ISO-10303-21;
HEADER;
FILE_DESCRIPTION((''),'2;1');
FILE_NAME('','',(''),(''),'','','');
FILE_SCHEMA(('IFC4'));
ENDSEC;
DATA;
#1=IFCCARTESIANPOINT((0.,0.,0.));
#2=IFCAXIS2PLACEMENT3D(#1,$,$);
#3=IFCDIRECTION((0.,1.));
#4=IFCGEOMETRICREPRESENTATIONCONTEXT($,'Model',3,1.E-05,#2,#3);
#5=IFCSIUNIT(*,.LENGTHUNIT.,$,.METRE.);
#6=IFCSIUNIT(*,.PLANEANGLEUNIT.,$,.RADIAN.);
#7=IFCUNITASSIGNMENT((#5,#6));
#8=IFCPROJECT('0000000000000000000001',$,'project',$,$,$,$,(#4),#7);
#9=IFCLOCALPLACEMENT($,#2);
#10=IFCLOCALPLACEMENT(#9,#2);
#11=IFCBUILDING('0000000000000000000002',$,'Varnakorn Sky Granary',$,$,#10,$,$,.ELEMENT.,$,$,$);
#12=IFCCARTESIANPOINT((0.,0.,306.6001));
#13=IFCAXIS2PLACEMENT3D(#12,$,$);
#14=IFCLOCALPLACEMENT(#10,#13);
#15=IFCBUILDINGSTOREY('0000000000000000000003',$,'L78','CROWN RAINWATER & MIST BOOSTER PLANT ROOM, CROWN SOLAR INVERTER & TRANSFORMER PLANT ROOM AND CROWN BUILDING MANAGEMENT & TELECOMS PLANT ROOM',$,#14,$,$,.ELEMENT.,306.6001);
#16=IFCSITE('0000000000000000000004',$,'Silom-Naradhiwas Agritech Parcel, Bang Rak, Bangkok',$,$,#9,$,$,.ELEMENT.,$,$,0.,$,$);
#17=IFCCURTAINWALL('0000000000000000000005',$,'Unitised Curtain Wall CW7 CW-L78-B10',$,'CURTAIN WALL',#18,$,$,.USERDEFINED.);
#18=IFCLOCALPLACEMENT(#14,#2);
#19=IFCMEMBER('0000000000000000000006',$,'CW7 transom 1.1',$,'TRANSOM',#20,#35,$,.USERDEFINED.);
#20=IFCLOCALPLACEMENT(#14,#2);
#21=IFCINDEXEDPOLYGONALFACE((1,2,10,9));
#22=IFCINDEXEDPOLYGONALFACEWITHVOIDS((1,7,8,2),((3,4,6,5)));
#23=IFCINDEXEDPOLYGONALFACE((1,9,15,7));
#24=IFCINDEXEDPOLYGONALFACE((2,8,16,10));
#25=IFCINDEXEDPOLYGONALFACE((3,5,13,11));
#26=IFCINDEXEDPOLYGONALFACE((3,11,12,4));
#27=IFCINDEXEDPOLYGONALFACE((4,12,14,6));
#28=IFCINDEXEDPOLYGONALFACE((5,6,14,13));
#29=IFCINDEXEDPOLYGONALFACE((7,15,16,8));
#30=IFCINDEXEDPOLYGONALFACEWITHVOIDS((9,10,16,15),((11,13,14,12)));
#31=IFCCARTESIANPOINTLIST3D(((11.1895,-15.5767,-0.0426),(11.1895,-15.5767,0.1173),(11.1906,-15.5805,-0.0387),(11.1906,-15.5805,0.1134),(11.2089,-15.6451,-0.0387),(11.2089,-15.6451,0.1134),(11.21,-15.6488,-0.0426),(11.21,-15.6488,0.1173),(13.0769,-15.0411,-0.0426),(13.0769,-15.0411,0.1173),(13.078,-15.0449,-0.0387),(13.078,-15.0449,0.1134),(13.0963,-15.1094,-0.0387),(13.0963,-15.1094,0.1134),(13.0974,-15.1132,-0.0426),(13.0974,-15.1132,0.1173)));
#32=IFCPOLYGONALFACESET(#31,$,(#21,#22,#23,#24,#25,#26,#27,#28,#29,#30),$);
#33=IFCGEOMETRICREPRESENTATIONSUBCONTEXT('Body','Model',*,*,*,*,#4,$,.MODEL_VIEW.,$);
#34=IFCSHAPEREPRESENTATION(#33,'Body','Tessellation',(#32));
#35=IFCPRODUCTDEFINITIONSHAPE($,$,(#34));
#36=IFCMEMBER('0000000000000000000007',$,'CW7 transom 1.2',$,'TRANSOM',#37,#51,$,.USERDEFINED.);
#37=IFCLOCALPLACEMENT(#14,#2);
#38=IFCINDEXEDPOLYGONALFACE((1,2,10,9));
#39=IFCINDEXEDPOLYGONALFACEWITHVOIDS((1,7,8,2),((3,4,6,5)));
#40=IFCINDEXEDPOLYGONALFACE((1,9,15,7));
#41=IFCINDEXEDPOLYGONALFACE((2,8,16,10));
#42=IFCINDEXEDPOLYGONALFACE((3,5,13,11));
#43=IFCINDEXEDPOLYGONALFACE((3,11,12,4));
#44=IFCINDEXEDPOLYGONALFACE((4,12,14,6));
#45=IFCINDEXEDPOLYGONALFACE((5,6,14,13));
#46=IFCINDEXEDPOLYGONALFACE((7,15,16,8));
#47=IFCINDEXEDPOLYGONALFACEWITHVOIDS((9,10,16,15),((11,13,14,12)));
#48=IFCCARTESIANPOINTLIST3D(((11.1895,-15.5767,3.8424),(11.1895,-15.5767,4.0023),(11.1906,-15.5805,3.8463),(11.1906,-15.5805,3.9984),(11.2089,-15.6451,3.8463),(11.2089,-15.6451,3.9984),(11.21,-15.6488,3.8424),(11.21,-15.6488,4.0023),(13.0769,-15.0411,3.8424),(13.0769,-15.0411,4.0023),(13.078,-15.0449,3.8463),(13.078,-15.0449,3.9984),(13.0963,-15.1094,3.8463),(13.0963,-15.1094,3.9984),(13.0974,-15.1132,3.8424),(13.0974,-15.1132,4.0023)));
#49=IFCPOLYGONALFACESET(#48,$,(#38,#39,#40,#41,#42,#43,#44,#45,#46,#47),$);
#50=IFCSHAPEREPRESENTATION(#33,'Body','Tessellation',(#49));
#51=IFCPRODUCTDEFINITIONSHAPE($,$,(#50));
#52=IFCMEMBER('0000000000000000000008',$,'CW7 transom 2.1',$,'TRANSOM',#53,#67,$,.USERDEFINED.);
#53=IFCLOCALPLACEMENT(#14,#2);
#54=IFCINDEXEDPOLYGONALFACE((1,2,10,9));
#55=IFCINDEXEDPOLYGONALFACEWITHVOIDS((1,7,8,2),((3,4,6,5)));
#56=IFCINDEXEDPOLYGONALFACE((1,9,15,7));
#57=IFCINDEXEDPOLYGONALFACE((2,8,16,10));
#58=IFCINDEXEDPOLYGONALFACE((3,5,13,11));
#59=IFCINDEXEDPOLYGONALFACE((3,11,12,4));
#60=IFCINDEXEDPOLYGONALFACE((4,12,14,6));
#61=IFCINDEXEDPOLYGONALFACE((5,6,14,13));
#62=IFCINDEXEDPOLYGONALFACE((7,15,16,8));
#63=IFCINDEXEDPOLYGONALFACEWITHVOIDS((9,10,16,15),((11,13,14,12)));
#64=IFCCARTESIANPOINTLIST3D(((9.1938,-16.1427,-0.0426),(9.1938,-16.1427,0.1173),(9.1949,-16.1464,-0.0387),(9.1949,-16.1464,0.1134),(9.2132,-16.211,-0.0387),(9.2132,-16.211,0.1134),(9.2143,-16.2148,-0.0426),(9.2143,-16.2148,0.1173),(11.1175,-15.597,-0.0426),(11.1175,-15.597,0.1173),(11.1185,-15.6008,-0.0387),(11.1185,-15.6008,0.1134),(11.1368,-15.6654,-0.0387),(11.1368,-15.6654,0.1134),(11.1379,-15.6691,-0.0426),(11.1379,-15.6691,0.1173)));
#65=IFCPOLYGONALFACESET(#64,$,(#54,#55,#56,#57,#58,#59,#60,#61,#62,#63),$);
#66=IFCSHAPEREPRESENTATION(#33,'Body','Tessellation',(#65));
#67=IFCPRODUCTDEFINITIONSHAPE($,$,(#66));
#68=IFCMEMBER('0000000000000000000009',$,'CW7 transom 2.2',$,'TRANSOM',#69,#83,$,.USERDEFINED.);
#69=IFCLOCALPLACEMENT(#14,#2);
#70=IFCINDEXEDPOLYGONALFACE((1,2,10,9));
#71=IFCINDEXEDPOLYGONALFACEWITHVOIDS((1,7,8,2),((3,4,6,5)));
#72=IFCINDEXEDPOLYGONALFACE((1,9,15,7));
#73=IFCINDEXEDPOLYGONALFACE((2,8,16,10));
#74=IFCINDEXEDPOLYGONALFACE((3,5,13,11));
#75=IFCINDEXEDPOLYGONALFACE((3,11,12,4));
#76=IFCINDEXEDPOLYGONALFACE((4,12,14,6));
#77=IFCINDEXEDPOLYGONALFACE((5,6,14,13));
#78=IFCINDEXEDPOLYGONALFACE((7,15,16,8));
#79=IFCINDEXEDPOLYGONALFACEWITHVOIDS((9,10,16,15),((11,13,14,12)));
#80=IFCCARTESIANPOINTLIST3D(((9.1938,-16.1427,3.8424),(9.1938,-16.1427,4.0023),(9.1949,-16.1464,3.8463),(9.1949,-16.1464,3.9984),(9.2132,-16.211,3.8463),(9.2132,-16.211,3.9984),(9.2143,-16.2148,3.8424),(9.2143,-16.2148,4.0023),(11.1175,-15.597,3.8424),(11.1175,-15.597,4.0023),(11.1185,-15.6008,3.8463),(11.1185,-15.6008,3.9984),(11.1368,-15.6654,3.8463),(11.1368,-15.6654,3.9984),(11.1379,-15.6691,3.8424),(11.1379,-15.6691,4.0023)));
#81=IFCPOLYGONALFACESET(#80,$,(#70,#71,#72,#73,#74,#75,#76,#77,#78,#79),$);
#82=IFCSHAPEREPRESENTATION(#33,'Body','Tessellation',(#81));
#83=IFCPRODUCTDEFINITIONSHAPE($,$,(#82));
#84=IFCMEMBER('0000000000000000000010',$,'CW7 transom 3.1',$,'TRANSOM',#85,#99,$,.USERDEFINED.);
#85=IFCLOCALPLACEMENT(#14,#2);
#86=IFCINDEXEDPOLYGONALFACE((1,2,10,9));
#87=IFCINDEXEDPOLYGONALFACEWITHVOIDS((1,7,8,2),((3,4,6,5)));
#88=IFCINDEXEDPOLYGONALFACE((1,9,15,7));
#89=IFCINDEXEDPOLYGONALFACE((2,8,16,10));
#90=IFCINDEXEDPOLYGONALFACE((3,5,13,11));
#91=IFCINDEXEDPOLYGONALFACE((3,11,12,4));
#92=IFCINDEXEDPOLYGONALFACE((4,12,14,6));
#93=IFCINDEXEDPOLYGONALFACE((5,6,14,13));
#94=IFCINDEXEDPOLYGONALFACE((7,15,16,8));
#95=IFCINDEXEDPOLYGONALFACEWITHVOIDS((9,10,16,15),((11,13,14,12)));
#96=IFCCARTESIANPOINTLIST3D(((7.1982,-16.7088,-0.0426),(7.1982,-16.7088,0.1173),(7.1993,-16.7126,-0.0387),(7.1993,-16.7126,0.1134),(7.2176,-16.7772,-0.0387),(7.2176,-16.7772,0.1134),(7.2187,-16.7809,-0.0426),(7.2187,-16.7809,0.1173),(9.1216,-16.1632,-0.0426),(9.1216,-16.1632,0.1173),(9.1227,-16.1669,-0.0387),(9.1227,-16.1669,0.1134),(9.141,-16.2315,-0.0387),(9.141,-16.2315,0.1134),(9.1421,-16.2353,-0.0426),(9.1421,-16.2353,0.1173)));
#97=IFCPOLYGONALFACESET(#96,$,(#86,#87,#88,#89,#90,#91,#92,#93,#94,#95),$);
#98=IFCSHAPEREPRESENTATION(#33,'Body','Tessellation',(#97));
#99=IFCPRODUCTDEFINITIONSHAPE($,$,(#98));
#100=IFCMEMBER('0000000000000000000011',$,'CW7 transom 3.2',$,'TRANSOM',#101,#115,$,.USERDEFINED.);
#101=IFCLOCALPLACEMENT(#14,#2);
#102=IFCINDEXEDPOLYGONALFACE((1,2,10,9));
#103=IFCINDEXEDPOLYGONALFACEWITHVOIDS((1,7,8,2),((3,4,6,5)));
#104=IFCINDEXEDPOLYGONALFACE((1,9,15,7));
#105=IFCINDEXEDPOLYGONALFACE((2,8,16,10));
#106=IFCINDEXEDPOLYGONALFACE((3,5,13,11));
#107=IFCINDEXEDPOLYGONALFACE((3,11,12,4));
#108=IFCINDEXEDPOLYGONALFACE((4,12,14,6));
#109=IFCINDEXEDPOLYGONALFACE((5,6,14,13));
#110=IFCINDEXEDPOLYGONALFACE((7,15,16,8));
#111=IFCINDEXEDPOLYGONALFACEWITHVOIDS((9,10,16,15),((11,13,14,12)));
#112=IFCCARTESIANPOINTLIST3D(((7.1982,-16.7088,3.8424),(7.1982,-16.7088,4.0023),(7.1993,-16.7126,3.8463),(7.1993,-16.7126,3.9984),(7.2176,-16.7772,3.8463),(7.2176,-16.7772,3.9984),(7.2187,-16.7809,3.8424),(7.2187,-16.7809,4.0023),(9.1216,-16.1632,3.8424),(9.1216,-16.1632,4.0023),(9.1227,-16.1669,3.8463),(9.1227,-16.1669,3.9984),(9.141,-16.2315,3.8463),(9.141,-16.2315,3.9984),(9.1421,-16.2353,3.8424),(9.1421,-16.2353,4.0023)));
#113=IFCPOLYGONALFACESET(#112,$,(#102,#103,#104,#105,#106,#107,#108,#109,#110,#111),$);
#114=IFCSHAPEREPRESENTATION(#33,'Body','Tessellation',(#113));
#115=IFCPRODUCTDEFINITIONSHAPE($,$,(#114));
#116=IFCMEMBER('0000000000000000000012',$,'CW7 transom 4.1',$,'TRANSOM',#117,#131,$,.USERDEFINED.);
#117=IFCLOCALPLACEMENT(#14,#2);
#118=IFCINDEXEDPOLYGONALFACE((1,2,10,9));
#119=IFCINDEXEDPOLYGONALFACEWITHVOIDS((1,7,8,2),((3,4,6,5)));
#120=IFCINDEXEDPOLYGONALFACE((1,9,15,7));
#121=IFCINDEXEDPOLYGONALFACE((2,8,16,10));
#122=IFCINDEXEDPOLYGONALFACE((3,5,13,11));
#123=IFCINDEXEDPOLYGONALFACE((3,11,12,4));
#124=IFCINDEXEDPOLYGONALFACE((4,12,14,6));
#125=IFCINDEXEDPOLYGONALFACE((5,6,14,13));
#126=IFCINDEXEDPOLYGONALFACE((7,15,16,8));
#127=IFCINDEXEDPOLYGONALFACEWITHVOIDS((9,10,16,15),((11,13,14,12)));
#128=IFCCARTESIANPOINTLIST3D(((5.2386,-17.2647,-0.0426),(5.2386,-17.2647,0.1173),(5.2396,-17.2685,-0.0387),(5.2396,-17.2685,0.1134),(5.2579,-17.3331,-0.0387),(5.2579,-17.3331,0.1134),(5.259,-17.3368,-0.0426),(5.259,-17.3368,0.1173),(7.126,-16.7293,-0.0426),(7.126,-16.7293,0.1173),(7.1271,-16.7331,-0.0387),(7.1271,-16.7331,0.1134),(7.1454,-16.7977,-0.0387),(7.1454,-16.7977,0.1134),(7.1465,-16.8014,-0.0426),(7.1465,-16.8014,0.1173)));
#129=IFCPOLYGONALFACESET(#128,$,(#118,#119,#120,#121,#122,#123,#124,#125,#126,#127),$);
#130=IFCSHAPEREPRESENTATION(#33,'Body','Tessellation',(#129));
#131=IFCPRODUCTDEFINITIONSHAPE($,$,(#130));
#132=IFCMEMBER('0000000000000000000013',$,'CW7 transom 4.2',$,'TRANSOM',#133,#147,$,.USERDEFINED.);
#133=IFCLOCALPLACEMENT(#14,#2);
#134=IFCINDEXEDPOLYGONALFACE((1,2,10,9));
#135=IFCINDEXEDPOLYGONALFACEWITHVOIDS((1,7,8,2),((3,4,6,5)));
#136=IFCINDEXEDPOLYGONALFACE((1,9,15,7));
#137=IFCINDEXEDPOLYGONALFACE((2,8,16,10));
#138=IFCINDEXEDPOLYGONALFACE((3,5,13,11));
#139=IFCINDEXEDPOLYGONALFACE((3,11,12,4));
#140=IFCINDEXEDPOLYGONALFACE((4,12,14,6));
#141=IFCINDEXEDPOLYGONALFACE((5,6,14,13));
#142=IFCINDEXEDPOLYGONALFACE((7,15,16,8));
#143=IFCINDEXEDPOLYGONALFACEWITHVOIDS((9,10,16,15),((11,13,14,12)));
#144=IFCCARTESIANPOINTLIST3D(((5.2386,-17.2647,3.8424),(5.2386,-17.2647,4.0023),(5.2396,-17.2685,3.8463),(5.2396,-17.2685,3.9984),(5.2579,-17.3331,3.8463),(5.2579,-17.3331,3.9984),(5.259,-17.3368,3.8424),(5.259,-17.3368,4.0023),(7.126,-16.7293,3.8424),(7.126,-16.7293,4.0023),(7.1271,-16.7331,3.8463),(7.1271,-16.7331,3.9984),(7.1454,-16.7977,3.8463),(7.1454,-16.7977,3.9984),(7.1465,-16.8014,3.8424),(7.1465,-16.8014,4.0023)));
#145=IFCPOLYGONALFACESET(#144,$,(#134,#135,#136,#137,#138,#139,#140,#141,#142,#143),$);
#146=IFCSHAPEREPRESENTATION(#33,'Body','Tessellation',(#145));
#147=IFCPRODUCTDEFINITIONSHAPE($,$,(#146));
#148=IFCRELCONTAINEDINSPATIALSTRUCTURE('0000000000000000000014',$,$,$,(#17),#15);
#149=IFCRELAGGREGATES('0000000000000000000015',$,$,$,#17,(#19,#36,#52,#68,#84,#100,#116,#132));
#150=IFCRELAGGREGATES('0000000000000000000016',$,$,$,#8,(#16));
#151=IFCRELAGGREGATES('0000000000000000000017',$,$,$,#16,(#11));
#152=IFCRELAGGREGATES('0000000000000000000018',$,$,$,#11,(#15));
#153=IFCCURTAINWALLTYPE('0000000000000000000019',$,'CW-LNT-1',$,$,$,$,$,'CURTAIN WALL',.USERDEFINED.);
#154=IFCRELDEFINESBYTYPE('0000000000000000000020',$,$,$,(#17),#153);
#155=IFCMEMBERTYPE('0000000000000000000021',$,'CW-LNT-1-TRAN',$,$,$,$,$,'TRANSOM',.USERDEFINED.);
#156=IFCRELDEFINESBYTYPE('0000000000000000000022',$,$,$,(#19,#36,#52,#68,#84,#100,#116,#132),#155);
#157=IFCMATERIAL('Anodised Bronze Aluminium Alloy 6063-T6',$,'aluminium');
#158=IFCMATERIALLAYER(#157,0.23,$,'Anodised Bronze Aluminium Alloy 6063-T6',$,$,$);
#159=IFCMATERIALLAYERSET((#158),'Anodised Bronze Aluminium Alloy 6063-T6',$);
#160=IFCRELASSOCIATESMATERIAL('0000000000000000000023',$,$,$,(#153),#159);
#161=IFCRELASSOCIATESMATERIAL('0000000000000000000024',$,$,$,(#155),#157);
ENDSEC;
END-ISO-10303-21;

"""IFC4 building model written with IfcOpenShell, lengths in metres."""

from ifc_helpers import new_model, si_unit, direction, frame, origin, origin_2d, place, context, subcontext, project, spatial, hollow_rectangle, extrude, material, layer, layer_set, material_profile, profile_set, type_object, element, aggregate, save


model = new_model("IFC4")

# Units and contexts
model_context = context("Model", 3, precision=1e-05, world=origin(), true_north=direction((0.0, 1.0)))
body_context = subcontext(model_context, "Body", "Model", "MODEL_VIEW")
ifc_project = project(units=[si_unit("LENGTHUNIT", "METRE"), si_unit("PLANEANGLEUNIT", "RADIAN")], contexts=[model_context])

# Site, building, storey
site_placement = place(None, origin())
site = spatial("IfcSite", under=ifc_project, at=site_placement, Name="Silom-Naradhiwas Agritech Parcel, Bang Rak, Bangkok", CompositionType="ELEMENT", RefElevation=0.0)
building_placement = place(site_placement, origin())
building = spatial("IfcBuilding", under=site, at=building_placement, Name="Varnakorn Sky Granary", CompositionType="ELEMENT")
storey_placement = place(building_placement, frame((0.0, 0.0, 306.6001)))
storey = spatial("IfcBuildingStorey", under=building, at=storey_placement, Name="L78", Description="CROWN RAINWATER & MIST BOOSTER PLANT ROOM, CROWN SOLAR INVERTER & TRANSFORMER PLANT ROOM AND CROWN BUILDING MANAGEMENT & TELECOMS PLANT ROOM", CompositionType="ELEMENT", Elevation=306.6001)

# Curtain wall, members
ifc_material_1 = material(Name="Anodised Bronze Aluminium Alloy 6063-T6", Category="aluminium")
ifc_layer_1 = layer(ifc_material_1, 0.23, Name="Anodised Bronze Aluminium Alloy 6063-T6")
ifc_layer_set_1 = layer_set([ifc_layer_1], Name="Anodised Bronze Aluminium Alloy 6063-T6")
curtain_wall_type = type_object("IfcCurtainWallType", Name="CW-LNT-1", ElementType="CURTAIN WALL", PredefinedType="USERDEFINED", material=ifc_layer_set_1)
curtain_wall_placement = place(storey_placement, origin())
curtain_wall = element("IfcCurtainWall", 1, at=curtain_wall_placement, inside=storey, type_object=curtain_wall_type, Name="Unitised Curtain Wall CW7 CW-L78-B10", ObjectType="CURTAIN WALL", PredefinedType="USERDEFINED")
ifc_material_profile_1 = material_profile(ifc_material_1, hollow_rectangle(XDim=0.075, YDim=0.1599, WallThickness=0.0039, at=origin_2d()), Name="ALU TRAN 75x160")
ifc_profile_set_1 = profile_set([ifc_material_profile_1], Name="Anodised Bronze Aluminium Alloy 6063-T6")
member_type_1 = type_object("IfcMemberType", Name="CW-LNT-1-TRAN", ElementType="TRANSOM", PredefinedType="USERDEFINED", material=ifc_profile_set_1)
member_1_placement = place(storey_placement, frame((13.0872, -15.0771, 0.0374), z_axis=(-0.962011, -0.273011, 0.0), x_axis=(0.273011, -0.962011, 0.0)))
member_1 = element("IfcMember", 2, at=member_1_placement, type_object=member_type_1, Name="CW7 transom 1.1", ObjectType="TRANSOM", PredefinedType="USERDEFINED", context=body_context, shape_type="SweptSolid", body=[
    extrude(hollow_rectangle(XDim=0.075, YDim=0.1599, WallThickness=0.0039, at=origin_2d()), origin(), (0.0, 0.0, 1.0), 1.9619),
])
member_2_placement = place(storey_placement, frame((13.0872, -15.0771, 3.9224), z_axis=(-0.962011, -0.273011, 0.0), x_axis=(0.273011, -0.962011, 0.0)))
member_2 = element("IfcMember", 3, at=member_2_placement, type_object=member_type_1, Name="CW7 transom 1.2", ObjectType="TRANSOM", PredefinedType="USERDEFINED", context=body_context, shape_type="SweptSolid", body=[
    extrude(hollow_rectangle(XDim=0.075, YDim=0.1599, WallThickness=0.0039, at=origin_2d()), origin(), (0.0, 0.0, 1.0), 1.9619),
])
member_3_placement = place(storey_placement, frame((11.1277, -15.6331, 0.0374), z_axis=(-0.962043, -0.272898, 0.0), x_axis=(0.272898, -0.962043, 0.0)))
member_3 = element("IfcMember", 4, at=member_3_placement, type_object=member_type_1, Name="CW7 transom 2.1", ObjectType="TRANSOM", PredefinedType="USERDEFINED", context=body_context, shape_type="SweptSolid", body=[
    extrude(hollow_rectangle(XDim=0.075, YDim=0.1599, WallThickness=0.0039, at=origin_2d()), origin(), (0.0, 0.0, 1.0), 1.9995),
])
member_4_placement = place(storey_placement, frame((11.1277, -15.6331, 3.9224), z_axis=(-0.962043, -0.272898, 0.0), x_axis=(0.272898, -0.962043, 0.0)))
member_4 = element("IfcMember", 5, at=member_4_placement, type_object=member_type_1, Name="CW7 transom 2.2", ObjectType="TRANSOM", PredefinedType="USERDEFINED", context=body_context, shape_type="SweptSolid", body=[
    extrude(hollow_rectangle(XDim=0.075, YDim=0.1599, WallThickness=0.0039, at=origin_2d()), origin(), (0.0, 0.0, 1.0), 1.9995),
])
member_5_placement = place(storey_placement, frame((9.1318, -16.1992, 0.0374), z_axis=(-0.962034, -0.27293, 0.0), x_axis=(0.27293, -0.962034, 0.0)))
member_5 = element("IfcMember", 6, at=member_5_placement, type_object=member_type_1, Name="CW7 transom 3.1", ObjectType="TRANSOM", PredefinedType="USERDEFINED", context=body_context, shape_type="SweptSolid", body=[
    extrude(hollow_rectangle(XDim=0.075, YDim=0.1599, WallThickness=0.0039, at=origin_2d()), origin(), (0.0, 0.0, 1.0), 1.9993),
])
member_6_placement = place(storey_placement, frame((9.1318, -16.1992, 3.9224), z_axis=(-0.962034, -0.27293, 0.0), x_axis=(0.27293, -0.962034, 0.0)))
member_6 = element("IfcMember", 7, at=member_6_placement, type_object=member_type_1, Name="CW7 transom 3.2", ObjectType="TRANSOM", PredefinedType="USERDEFINED", context=body_context, shape_type="SweptSolid", body=[
    extrude(hollow_rectangle(XDim=0.075, YDim=0.1599, WallThickness=0.0039, at=origin_2d()), origin(), (0.0, 0.0, 1.0), 1.9993),
])
member_7_placement = place(storey_placement, frame((7.1362, -16.7654, 0.0374), z_axis=(-0.962043, -0.272896, 0.0), x_axis=(0.272896, -0.962043, 0.0)))
member_7 = element("IfcMember", 8, at=member_7_placement, type_object=member_type_1, Name="CW7 transom 4.1", ObjectType="TRANSOM", PredefinedType="USERDEFINED", context=body_context, shape_type="SweptSolid", body=[
    extrude(hollow_rectangle(XDim=0.075, YDim=0.1599, WallThickness=0.0039, at=origin_2d()), origin(), (0.0, 0.0, 1.0), 1.9619),
])
member_8_placement = place(storey_placement, frame((7.1362, -16.7654, 3.9224), z_axis=(-0.962043, -0.272896, 0.0), x_axis=(0.272896, -0.962043, 0.0)))
member_8 = element("IfcMember", 9, at=member_8_placement, type_object=member_type_1, Name="CW7 transom 4.2", ObjectType="TRANSOM", PredefinedType="USERDEFINED", context=body_context, shape_type="SweptSolid", body=[
    extrude(hollow_rectangle(XDim=0.075, YDim=0.1599, WallThickness=0.0039, at=origin_2d()), origin(), (0.0, 0.0, 1.0), 1.9619),
])

aggregate(curtain_wall, [member_1, member_2, member_3, member_4, member_5, member_6, member_7, member_8])

save(model, "model.ifc")
